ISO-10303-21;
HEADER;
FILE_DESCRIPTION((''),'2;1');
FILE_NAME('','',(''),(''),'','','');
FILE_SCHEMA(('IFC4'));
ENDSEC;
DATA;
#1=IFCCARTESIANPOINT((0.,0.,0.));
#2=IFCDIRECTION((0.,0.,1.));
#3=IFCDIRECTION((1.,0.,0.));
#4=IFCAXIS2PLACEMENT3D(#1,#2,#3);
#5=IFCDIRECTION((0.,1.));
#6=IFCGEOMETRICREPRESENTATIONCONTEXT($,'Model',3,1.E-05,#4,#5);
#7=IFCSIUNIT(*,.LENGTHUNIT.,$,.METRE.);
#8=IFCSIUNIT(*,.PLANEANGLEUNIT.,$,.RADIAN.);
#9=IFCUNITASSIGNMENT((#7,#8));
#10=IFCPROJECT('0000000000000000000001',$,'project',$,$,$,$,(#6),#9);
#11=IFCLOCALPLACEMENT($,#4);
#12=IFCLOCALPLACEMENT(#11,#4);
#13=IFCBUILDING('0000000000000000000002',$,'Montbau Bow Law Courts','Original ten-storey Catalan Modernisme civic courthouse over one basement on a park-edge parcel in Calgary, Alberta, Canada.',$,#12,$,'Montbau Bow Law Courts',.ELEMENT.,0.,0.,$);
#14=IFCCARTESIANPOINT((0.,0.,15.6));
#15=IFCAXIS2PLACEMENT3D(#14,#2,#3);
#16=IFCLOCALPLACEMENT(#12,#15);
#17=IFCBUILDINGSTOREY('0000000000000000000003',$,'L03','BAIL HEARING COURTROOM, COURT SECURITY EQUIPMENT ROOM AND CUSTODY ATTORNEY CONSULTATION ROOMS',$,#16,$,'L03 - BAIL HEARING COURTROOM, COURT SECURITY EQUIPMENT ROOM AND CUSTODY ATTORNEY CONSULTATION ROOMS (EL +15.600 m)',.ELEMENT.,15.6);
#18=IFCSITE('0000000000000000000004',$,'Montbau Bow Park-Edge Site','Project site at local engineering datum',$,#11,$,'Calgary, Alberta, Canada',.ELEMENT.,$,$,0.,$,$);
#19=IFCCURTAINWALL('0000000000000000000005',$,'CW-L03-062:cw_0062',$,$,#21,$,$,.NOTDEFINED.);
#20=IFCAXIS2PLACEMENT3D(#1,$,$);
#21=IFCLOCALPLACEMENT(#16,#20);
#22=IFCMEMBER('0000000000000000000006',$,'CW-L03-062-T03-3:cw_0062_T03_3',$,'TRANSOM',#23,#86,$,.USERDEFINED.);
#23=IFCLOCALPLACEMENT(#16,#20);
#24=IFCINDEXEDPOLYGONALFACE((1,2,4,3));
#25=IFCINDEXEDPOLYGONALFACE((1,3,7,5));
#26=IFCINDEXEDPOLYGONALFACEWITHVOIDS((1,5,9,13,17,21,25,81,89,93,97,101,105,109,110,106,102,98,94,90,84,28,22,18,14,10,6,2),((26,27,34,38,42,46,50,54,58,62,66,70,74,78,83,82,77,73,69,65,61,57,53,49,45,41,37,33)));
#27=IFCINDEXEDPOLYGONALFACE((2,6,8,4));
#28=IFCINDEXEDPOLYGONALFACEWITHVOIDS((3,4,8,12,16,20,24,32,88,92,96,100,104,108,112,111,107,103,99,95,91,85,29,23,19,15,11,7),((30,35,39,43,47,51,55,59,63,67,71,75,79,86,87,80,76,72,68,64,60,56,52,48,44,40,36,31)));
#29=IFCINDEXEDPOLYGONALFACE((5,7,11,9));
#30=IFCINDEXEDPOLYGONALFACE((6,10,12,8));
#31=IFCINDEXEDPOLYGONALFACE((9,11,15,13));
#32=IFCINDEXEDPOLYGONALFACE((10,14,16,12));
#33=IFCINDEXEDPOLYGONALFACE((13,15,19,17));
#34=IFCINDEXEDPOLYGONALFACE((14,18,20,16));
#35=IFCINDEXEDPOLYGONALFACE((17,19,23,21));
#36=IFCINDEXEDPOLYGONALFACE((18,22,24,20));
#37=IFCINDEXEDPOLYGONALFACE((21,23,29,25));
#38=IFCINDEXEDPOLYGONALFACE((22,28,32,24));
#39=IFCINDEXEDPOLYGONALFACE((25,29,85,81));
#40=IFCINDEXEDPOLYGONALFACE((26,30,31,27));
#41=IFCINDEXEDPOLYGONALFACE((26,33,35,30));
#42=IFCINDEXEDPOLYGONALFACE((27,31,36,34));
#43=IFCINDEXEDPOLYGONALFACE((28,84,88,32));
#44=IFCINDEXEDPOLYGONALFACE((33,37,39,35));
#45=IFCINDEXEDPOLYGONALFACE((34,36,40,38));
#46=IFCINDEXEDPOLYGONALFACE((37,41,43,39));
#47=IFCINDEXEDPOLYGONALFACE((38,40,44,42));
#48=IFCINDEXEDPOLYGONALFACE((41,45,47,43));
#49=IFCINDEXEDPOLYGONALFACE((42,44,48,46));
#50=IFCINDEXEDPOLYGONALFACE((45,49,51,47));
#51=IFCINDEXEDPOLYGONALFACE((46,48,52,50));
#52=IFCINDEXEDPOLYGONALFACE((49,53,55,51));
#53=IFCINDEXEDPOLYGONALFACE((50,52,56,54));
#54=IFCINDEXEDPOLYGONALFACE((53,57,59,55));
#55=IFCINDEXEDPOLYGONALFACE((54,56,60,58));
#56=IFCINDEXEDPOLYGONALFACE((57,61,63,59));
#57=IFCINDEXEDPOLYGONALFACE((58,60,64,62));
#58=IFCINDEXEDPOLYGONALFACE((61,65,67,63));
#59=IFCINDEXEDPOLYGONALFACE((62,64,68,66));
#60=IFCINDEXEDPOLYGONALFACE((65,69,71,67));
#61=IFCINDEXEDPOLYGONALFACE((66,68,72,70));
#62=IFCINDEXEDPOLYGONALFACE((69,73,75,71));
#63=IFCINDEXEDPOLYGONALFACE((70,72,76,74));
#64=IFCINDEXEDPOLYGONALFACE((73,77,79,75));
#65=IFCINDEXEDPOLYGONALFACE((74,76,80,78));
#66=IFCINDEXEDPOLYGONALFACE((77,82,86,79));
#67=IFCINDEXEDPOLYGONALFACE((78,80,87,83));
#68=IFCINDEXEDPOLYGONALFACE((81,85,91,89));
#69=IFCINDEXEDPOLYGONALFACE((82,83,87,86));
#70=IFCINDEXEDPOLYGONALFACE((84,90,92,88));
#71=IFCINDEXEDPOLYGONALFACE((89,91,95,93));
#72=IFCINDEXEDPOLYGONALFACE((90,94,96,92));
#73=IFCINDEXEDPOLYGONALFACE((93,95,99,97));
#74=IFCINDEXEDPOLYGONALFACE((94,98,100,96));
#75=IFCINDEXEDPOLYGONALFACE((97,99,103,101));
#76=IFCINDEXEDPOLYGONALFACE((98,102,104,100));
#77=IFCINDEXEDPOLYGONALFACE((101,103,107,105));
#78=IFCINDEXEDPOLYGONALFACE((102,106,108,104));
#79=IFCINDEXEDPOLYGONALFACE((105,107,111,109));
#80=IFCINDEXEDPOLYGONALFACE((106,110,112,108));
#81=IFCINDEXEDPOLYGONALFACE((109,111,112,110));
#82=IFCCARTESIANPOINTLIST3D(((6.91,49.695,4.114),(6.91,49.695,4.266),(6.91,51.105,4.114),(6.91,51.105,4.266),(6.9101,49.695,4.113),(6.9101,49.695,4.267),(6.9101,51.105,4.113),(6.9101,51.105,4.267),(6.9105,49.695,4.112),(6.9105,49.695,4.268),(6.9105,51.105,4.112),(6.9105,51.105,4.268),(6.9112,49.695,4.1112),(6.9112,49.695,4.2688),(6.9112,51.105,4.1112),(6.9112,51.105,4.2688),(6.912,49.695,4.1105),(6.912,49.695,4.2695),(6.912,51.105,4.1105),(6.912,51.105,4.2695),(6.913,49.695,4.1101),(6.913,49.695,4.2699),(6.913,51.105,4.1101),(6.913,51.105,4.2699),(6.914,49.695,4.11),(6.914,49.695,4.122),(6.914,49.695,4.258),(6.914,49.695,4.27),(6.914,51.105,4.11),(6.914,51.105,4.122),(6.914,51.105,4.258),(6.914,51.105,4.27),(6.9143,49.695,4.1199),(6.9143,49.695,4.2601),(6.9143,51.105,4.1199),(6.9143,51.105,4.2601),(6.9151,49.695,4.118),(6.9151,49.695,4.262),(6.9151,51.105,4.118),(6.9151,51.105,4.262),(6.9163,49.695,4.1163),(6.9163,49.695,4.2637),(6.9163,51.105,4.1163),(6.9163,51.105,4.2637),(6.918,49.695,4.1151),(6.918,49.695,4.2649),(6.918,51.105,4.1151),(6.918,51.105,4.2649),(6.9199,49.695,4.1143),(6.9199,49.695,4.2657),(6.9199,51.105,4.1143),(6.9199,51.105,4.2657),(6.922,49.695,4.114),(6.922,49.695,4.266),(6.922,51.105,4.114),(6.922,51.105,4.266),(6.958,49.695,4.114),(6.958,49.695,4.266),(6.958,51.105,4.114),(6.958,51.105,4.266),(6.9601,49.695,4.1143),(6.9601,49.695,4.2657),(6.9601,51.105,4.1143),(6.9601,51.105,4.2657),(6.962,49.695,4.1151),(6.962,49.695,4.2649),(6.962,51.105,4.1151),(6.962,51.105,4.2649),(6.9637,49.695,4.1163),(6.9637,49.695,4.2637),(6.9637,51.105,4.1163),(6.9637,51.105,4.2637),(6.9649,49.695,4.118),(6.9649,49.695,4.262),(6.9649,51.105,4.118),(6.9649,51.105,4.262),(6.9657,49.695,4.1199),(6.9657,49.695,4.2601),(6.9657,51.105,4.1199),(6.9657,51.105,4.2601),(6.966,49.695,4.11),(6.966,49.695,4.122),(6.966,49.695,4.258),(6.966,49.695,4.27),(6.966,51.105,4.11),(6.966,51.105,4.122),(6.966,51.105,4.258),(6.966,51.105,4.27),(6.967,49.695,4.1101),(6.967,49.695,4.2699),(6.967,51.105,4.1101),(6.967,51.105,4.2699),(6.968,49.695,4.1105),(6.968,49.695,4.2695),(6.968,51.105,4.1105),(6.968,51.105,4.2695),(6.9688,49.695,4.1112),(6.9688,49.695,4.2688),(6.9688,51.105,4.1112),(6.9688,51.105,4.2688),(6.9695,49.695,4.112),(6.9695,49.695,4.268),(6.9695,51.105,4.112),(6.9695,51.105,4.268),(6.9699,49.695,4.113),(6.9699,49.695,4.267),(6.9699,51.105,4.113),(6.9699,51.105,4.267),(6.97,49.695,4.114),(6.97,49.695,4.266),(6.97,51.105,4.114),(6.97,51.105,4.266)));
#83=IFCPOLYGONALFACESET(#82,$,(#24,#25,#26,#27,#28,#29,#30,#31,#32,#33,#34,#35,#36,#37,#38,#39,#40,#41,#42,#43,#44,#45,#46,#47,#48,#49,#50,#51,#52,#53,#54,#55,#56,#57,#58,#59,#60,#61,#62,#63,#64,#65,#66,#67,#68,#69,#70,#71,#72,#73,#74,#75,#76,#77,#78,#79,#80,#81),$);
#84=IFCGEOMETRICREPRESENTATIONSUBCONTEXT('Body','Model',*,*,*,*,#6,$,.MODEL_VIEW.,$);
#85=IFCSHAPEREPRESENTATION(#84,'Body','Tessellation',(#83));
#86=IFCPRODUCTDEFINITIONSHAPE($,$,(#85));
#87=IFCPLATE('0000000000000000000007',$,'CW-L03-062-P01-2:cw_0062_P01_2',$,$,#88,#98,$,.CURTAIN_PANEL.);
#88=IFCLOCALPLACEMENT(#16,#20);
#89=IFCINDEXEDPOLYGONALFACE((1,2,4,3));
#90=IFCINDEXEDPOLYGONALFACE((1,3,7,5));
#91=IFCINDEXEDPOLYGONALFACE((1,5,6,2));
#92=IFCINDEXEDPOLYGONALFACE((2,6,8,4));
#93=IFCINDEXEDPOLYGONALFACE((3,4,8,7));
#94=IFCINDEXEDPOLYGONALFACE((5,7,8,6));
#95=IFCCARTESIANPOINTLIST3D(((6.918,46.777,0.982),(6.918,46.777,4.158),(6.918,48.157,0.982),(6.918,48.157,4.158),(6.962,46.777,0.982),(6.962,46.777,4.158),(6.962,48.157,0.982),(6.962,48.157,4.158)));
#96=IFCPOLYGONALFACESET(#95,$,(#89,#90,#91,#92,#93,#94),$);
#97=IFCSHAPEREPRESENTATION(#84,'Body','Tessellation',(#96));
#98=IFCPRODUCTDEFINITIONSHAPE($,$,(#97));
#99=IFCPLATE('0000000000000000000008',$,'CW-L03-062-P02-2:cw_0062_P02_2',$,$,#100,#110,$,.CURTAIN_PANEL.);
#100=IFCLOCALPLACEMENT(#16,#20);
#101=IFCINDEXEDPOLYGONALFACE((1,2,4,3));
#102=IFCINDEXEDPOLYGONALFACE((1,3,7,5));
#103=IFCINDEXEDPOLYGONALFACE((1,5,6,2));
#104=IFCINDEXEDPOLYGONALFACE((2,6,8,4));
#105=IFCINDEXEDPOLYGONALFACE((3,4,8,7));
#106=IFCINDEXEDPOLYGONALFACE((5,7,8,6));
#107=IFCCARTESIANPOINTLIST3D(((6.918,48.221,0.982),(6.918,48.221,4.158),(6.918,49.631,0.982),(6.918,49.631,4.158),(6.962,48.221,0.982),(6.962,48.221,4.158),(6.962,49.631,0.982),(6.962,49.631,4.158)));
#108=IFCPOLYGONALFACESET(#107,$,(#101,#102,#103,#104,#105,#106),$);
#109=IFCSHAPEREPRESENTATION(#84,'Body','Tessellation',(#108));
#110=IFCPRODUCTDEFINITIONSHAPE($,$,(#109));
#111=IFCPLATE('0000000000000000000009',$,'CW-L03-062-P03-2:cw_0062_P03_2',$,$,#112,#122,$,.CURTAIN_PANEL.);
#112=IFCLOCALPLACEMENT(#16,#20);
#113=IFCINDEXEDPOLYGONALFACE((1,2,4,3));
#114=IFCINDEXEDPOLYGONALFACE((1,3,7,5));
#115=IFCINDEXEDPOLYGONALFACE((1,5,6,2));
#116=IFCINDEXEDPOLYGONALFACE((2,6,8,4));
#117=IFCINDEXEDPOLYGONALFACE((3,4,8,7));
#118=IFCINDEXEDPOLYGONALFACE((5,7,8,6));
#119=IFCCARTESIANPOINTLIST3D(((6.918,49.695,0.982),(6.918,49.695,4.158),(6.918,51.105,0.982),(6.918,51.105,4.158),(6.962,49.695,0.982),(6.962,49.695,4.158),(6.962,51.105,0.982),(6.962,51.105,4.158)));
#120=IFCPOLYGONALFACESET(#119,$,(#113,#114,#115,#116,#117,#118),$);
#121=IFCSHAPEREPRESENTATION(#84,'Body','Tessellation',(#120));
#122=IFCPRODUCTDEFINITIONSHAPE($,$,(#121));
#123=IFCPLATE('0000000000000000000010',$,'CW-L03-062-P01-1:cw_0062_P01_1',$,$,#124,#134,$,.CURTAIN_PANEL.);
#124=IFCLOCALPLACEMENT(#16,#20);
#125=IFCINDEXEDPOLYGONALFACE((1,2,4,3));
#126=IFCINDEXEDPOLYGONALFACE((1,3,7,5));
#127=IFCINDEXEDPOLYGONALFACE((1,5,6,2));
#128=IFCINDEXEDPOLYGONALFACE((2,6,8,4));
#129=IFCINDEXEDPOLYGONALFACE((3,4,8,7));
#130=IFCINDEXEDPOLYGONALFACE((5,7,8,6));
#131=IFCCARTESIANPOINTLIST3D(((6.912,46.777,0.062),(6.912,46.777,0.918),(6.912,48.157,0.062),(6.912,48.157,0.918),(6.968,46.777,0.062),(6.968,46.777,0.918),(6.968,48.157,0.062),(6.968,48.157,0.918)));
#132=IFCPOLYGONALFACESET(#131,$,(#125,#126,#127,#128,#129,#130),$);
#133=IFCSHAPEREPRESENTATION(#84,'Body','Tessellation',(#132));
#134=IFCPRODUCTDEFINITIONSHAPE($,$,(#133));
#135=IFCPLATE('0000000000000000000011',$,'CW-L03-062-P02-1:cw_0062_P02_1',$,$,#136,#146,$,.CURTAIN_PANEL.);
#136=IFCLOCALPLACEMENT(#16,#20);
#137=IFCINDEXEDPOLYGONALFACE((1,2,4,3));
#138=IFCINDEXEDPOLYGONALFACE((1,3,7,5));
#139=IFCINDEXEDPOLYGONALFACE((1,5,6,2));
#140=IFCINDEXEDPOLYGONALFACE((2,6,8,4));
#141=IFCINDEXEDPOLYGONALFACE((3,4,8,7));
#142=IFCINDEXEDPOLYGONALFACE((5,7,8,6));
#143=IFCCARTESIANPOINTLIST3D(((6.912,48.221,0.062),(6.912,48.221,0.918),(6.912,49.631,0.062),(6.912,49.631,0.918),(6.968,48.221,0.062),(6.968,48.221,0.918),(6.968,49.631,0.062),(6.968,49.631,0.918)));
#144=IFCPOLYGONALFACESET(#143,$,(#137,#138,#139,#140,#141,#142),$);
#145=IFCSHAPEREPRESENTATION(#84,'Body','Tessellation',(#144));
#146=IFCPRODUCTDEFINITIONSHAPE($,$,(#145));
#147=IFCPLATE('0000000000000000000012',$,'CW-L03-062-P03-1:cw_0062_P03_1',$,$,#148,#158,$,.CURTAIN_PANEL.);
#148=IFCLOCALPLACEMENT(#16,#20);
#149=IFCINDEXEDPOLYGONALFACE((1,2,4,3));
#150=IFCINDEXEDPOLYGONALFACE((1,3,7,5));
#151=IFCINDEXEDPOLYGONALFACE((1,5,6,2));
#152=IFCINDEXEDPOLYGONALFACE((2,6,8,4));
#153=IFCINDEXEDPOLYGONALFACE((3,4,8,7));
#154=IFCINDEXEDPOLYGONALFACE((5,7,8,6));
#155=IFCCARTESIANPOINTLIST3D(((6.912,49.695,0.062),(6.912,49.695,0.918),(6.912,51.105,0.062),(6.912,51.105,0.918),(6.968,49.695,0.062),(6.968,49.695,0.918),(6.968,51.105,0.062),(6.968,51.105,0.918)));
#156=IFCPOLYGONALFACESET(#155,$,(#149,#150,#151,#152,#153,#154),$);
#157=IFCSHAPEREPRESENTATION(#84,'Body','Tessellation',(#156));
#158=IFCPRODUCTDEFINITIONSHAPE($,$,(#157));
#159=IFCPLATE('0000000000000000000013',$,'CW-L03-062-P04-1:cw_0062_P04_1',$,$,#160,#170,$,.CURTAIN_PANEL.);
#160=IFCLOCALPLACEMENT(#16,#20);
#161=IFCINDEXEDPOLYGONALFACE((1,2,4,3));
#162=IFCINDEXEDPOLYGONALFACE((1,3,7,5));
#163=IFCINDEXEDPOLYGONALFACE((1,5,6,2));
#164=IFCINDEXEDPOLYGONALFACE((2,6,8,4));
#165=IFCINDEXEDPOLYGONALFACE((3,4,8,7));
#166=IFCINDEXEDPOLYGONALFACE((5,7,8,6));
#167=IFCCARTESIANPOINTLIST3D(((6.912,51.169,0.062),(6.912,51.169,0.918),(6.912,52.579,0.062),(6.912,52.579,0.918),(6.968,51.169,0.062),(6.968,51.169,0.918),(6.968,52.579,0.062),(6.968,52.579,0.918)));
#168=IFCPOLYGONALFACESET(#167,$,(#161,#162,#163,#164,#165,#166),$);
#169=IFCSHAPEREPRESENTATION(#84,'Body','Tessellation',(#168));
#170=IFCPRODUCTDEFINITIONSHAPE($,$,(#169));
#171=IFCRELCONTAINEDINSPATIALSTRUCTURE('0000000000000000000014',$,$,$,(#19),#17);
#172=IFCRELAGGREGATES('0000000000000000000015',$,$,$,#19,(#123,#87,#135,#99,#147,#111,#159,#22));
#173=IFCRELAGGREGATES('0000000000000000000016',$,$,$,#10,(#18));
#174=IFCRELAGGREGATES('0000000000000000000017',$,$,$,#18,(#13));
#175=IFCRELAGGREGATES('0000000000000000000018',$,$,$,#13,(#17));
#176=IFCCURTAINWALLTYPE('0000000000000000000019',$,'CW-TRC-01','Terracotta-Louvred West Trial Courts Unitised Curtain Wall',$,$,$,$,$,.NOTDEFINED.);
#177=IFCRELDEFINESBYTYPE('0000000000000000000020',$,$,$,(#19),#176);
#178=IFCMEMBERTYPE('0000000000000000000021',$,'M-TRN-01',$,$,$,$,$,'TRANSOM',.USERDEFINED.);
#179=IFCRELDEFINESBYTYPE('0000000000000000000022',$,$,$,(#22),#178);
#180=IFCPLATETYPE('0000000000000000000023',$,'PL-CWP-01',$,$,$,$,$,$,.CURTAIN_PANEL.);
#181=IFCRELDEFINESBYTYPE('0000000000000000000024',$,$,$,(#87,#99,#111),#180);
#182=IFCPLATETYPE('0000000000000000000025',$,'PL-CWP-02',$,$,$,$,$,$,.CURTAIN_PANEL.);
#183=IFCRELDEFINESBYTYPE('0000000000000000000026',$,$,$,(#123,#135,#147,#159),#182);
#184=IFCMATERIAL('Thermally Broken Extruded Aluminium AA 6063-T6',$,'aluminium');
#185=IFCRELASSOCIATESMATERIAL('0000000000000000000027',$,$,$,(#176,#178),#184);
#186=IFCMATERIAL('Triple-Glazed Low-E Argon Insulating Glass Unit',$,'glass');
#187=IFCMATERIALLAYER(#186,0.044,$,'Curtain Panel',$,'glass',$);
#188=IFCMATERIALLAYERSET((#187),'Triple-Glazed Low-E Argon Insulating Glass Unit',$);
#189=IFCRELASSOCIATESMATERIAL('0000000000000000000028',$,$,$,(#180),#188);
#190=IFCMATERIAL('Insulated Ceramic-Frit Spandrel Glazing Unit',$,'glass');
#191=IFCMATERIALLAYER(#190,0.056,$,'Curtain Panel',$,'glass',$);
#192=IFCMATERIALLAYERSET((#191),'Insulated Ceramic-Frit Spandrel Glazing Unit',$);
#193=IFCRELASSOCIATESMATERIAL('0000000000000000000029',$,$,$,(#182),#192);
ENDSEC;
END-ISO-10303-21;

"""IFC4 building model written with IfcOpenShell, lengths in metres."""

from ifc_helpers import new_model, si_unit, direction, frame, frame_2d, origin_with_axes, origin_2d_with_axis, place, context, subcontext, project, spatial, rectangle, hollow_rectangle, extrude, material, layer, layer_set, material_profile, profile_set, type_object, element, aggregate, save


model = new_model("IFC4")

# Units and contexts
model_context = context("Model", 3, precision=1e-05, world=origin_with_axes(), true_north=direction((0.0, 1.0)))
body_context = subcontext(model_context, "Body", "Model", "MODEL_VIEW")
ifc_project = project(units=[si_unit("LENGTHUNIT", "METRE"), si_unit("PLANEANGLEUNIT", "RADIAN")], contexts=[model_context])

# Site, building, storey
site_placement = place(None, origin_with_axes())
site = spatial("IfcSite", under=ifc_project, at=site_placement, Name="Montbau Bow Park-Edge Site", Description="Project site at local engineering datum", LongName="Calgary, Alberta, Canada", CompositionType="ELEMENT", RefElevation=0.0)
building_placement = place(site_placement, origin_with_axes())
building = spatial("IfcBuilding", under=site, at=building_placement, Name="Montbau Bow Law Courts", Description="Original ten-storey Catalan Modernisme civic courthouse over one basement on a park-edge parcel in Calgary, Alberta, Canada.", LongName="Montbau Bow Law Courts", CompositionType="ELEMENT", ElevationOfRefHeight=0.0, ElevationOfTerrain=0.0)
storey_placement = place(building_placement, frame((0.0, 0.0, 15.6), z_axis=(0.0, 0.0, 1.0), x_axis=(1.0, 0.0, 0.0)))
storey = spatial("IfcBuildingStorey", under=building, at=storey_placement, Name="L03", Description="BAIL HEARING COURTROOM, COURT SECURITY EQUIPMENT ROOM AND CUSTODY ATTORNEY CONSULTATION ROOMS", LongName="L03 - BAIL HEARING COURTROOM, COURT SECURITY EQUIPMENT ROOM AND CUSTODY ATTORNEY CONSULTATION ROOMS (EL +15.600 m)", CompositionType="ELEMENT", Elevation=15.6)

# Shared definitions
ifc_material_1 = material(Name="Thermally Broken Extruded Aluminium AA 6063-T6", Category="aluminium")
curtain_wall_type = type_object("IfcCurtainWallType", Name="CW-TRC-01", Description="Terracotta-Louvred West Trial Courts Unitised Curtain Wall", PredefinedType="NOTDEFINED", material=ifc_material_1)

# Curtain wall, member, plates
curtain_wall_1_placement = place(None, frame((6.94, 46.715, 15.6), z_axis=(0.0, 0.0, 1.0), x_axis=(1.0, 0.0, 0.0)))
curtain_wall_1 = element("IfcCurtainWall", 1, at=curtain_wall_1_placement, inside=storey, type_object=curtain_wall_type, Name="CW-L03-062:cw_0062", PredefinedType="NOTDEFINED")
ifc_material_profile_1 = material_profile(ifc_material_1, hollow_rectangle(XDim=0.06, YDim=0.16, WallThickness=0.004, InnerFilletRadius=0.008, OuterFilletRadius=0.004, at=origin_2d_with_axis()), Name="CWT-160X60", Category="Main", Priority=0)
ifc_profile_set_1 = profile_set([ifc_material_profile_1], Name="Thermally Broken Extruded Aluminium AA 6063-T6")
member_type_1 = type_object("IfcMemberType", Name="M-TRN-01", ElementType="TRANSOM", PredefinedType="USERDEFINED", material=ifc_profile_set_1)
member_1_placement = place(None, frame((6.94, 49.695, 19.79), z_axis=(0.0, 1.0, 0.0), x_axis=(-1.0, 0.0, 0.0)))
member_1 = element("IfcMember", 2, at=member_1_placement, type_object=member_type_1, Name="CW-L03-062-T03-3:cw_0062_T03_3", ObjectType="TRANSOM", PredefinedType="USERDEFINED", context=body_context, shape_type="SweptSolid", body=[
    extrude(hollow_rectangle(XDim=0.06, YDim=0.16, WallThickness=0.004, InnerFilletRadius=0.008, OuterFilletRadius=0.004, at=origin_2d_with_axis()), origin_with_axes(), (0.0, 0.0, 1.0), 1.41),
])
ifc_material_2 = material(Name="Triple-Glazed Low-E Argon Insulating Glass Unit", Category="glass")
ifc_layer_1 = layer(ifc_material_2, 0.044, Name="Curtain Panel", Category="glass")
ifc_layer_set_1 = layer_set([ifc_layer_1], Name="Triple-Glazed Low-E Argon Insulating Glass Unit")
plate_type_1 = type_object("IfcPlateType", Name="PL-CWP-01", PredefinedType="CURTAIN_PANEL", material=ifc_layer_set_1)
plate_1_placement = place(None, frame((6.94, 46.777, 16.582), z_axis=(1.0, 0.0, 0.0), x_axis=(0.0, 1.0, 0.0)))
plate_1 = element("IfcPlate", 3, at=plate_1_placement, type_object=plate_type_1, Name="CW-L03-062-P01-2:cw_0062_P01_2", PredefinedType="CURTAIN_PANEL", context=body_context, shape_type="SweptSolid", body=[
    extrude(rectangle(XDim=1.38, YDim=3.176, at=frame_2d((0.69, 1.588), x_axis=(1.0, 0.0))), frame((0.0, 0.0, -0.022), z_axis=(0.0, 0.0, 1.0), x_axis=(1.0, 0.0, 0.0)), (0.0, 0.0, 1.0), 0.044),
])
plate_2_placement = place(None, frame((6.94, 48.221, 16.582), z_axis=(1.0, 0.0, 0.0), x_axis=(0.0, 1.0, 0.0)))
plate_2 = element("IfcPlate", 4, at=plate_2_placement, type_object=plate_type_1, Name="CW-L03-062-P02-2:cw_0062_P02_2", PredefinedType="CURTAIN_PANEL", context=body_context, shape_type="SweptSolid", body=[
    extrude(rectangle(XDim=1.41, YDim=3.176, at=frame_2d((0.705, 1.588), x_axis=(1.0, 0.0))), frame((0.0, 0.0, -0.022), z_axis=(0.0, 0.0, 1.0), x_axis=(1.0, 0.0, 0.0)), (0.0, 0.0, 1.0), 0.044),
])
plate_3_placement = place(None, frame((6.94, 49.695, 16.582), z_axis=(1.0, 0.0, 0.0), x_axis=(0.0, 1.0, 0.0)))
plate_3 = element("IfcPlate", 5, at=plate_3_placement, type_object=plate_type_1, Name="CW-L03-062-P03-2:cw_0062_P03_2", PredefinedType="CURTAIN_PANEL", context=body_context, shape_type="SweptSolid", body=[
    extrude(rectangle(XDim=1.41, YDim=3.176, at=frame_2d((0.705, 1.588), x_axis=(1.0, 0.0))), frame((0.0, 0.0, -0.022), z_axis=(0.0, 0.0, 1.0), x_axis=(1.0, 0.0, 0.0)), (0.0, 0.0, 1.0), 0.044),
])
ifc_material_3 = material(Name="Insulated Ceramic-Frit Spandrel Glazing Unit", Category="glass")
ifc_layer_2 = layer(ifc_material_3, 0.056, Name="Curtain Panel", Category="glass")
ifc_layer_set_2 = layer_set([ifc_layer_2], Name="Insulated Ceramic-Frit Spandrel Glazing Unit")
plate_type_2 = type_object("IfcPlateType", Name="PL-CWP-02", PredefinedType="CURTAIN_PANEL", material=ifc_layer_set_2)
plate_4_placement = place(None, frame((6.94, 46.777, 15.662), z_axis=(1.0, 0.0, 0.0), x_axis=(0.0, 1.0, 0.0)))
plate_4 = element("IfcPlate", 6, at=plate_4_placement, type_object=plate_type_2, Name="CW-L03-062-P01-1:cw_0062_P01_1", PredefinedType="CURTAIN_PANEL", context=body_context, shape_type="SweptSolid", body=[
    extrude(rectangle(XDim=1.38, YDim=0.856, at=frame_2d((0.69, 0.428), x_axis=(1.0, 0.0))), frame((0.0, 0.0, -0.028), z_axis=(0.0, 0.0, 1.0), x_axis=(1.0, 0.0, 0.0)), (0.0, 0.0, 1.0), 0.056),
])
plate_5_placement = place(None, frame((6.94, 48.221, 15.662), z_axis=(1.0, 0.0, 0.0), x_axis=(0.0, 1.0, 0.0)))
plate_5 = element("IfcPlate", 7, at=plate_5_placement, type_object=plate_type_2, Name="CW-L03-062-P02-1:cw_0062_P02_1", PredefinedType="CURTAIN_PANEL", context=body_context, shape_type="SweptSolid", body=[
    extrude(rectangle(XDim=1.41, YDim=0.856, at=frame_2d((0.705, 0.428), x_axis=(1.0, 0.0))), frame((0.0, 0.0, -0.028), z_axis=(0.0, 0.0, 1.0), x_axis=(1.0, 0.0, 0.0)), (0.0, 0.0, 1.0), 0.056),
])
plate_6_placement = place(None, frame((6.94, 49.695, 15.662), z_axis=(1.0, 0.0, 0.0), x_axis=(0.0, 1.0, 0.0)))
plate_6 = element("IfcPlate", 8, at=plate_6_placement, type_object=plate_type_2, Name="CW-L03-062-P03-1:cw_0062_P03_1", PredefinedType="CURTAIN_PANEL", context=body_context, shape_type="SweptSolid", body=[
    extrude(rectangle(XDim=1.41, YDim=0.856, at=frame_2d((0.705, 0.428), x_axis=(1.0, 0.0))), frame((0.0, 0.0, -0.028), z_axis=(0.0, 0.0, 1.0), x_axis=(1.0, 0.0, 0.0)), (0.0, 0.0, 1.0), 0.056),
])
plate_7_placement = place(None, frame((6.94, 51.169, 15.662), z_axis=(1.0, 0.0, 0.0), x_axis=(0.0, 1.0, 0.0)))
plate_7 = element("IfcPlate", 9, at=plate_7_placement, type_object=plate_type_2, Name="CW-L03-062-P04-1:cw_0062_P04_1", PredefinedType="CURTAIN_PANEL", context=body_context, shape_type="SweptSolid", body=[
    extrude(rectangle(XDim=1.41, YDim=0.856, at=frame_2d((0.705, 0.428), x_axis=(1.0, 0.0))), frame((0.0, 0.0, -0.028), z_axis=(0.0, 0.0, 1.0), x_axis=(1.0, 0.0, 0.0)), (0.0, 0.0, 1.0), 0.056),
])
aggregate(curtain_wall_1, [plate_4, plate_1, plate_5, plate_2, plate_6, plate_3, plate_7, member_1])

save(model, "model.ifc")
